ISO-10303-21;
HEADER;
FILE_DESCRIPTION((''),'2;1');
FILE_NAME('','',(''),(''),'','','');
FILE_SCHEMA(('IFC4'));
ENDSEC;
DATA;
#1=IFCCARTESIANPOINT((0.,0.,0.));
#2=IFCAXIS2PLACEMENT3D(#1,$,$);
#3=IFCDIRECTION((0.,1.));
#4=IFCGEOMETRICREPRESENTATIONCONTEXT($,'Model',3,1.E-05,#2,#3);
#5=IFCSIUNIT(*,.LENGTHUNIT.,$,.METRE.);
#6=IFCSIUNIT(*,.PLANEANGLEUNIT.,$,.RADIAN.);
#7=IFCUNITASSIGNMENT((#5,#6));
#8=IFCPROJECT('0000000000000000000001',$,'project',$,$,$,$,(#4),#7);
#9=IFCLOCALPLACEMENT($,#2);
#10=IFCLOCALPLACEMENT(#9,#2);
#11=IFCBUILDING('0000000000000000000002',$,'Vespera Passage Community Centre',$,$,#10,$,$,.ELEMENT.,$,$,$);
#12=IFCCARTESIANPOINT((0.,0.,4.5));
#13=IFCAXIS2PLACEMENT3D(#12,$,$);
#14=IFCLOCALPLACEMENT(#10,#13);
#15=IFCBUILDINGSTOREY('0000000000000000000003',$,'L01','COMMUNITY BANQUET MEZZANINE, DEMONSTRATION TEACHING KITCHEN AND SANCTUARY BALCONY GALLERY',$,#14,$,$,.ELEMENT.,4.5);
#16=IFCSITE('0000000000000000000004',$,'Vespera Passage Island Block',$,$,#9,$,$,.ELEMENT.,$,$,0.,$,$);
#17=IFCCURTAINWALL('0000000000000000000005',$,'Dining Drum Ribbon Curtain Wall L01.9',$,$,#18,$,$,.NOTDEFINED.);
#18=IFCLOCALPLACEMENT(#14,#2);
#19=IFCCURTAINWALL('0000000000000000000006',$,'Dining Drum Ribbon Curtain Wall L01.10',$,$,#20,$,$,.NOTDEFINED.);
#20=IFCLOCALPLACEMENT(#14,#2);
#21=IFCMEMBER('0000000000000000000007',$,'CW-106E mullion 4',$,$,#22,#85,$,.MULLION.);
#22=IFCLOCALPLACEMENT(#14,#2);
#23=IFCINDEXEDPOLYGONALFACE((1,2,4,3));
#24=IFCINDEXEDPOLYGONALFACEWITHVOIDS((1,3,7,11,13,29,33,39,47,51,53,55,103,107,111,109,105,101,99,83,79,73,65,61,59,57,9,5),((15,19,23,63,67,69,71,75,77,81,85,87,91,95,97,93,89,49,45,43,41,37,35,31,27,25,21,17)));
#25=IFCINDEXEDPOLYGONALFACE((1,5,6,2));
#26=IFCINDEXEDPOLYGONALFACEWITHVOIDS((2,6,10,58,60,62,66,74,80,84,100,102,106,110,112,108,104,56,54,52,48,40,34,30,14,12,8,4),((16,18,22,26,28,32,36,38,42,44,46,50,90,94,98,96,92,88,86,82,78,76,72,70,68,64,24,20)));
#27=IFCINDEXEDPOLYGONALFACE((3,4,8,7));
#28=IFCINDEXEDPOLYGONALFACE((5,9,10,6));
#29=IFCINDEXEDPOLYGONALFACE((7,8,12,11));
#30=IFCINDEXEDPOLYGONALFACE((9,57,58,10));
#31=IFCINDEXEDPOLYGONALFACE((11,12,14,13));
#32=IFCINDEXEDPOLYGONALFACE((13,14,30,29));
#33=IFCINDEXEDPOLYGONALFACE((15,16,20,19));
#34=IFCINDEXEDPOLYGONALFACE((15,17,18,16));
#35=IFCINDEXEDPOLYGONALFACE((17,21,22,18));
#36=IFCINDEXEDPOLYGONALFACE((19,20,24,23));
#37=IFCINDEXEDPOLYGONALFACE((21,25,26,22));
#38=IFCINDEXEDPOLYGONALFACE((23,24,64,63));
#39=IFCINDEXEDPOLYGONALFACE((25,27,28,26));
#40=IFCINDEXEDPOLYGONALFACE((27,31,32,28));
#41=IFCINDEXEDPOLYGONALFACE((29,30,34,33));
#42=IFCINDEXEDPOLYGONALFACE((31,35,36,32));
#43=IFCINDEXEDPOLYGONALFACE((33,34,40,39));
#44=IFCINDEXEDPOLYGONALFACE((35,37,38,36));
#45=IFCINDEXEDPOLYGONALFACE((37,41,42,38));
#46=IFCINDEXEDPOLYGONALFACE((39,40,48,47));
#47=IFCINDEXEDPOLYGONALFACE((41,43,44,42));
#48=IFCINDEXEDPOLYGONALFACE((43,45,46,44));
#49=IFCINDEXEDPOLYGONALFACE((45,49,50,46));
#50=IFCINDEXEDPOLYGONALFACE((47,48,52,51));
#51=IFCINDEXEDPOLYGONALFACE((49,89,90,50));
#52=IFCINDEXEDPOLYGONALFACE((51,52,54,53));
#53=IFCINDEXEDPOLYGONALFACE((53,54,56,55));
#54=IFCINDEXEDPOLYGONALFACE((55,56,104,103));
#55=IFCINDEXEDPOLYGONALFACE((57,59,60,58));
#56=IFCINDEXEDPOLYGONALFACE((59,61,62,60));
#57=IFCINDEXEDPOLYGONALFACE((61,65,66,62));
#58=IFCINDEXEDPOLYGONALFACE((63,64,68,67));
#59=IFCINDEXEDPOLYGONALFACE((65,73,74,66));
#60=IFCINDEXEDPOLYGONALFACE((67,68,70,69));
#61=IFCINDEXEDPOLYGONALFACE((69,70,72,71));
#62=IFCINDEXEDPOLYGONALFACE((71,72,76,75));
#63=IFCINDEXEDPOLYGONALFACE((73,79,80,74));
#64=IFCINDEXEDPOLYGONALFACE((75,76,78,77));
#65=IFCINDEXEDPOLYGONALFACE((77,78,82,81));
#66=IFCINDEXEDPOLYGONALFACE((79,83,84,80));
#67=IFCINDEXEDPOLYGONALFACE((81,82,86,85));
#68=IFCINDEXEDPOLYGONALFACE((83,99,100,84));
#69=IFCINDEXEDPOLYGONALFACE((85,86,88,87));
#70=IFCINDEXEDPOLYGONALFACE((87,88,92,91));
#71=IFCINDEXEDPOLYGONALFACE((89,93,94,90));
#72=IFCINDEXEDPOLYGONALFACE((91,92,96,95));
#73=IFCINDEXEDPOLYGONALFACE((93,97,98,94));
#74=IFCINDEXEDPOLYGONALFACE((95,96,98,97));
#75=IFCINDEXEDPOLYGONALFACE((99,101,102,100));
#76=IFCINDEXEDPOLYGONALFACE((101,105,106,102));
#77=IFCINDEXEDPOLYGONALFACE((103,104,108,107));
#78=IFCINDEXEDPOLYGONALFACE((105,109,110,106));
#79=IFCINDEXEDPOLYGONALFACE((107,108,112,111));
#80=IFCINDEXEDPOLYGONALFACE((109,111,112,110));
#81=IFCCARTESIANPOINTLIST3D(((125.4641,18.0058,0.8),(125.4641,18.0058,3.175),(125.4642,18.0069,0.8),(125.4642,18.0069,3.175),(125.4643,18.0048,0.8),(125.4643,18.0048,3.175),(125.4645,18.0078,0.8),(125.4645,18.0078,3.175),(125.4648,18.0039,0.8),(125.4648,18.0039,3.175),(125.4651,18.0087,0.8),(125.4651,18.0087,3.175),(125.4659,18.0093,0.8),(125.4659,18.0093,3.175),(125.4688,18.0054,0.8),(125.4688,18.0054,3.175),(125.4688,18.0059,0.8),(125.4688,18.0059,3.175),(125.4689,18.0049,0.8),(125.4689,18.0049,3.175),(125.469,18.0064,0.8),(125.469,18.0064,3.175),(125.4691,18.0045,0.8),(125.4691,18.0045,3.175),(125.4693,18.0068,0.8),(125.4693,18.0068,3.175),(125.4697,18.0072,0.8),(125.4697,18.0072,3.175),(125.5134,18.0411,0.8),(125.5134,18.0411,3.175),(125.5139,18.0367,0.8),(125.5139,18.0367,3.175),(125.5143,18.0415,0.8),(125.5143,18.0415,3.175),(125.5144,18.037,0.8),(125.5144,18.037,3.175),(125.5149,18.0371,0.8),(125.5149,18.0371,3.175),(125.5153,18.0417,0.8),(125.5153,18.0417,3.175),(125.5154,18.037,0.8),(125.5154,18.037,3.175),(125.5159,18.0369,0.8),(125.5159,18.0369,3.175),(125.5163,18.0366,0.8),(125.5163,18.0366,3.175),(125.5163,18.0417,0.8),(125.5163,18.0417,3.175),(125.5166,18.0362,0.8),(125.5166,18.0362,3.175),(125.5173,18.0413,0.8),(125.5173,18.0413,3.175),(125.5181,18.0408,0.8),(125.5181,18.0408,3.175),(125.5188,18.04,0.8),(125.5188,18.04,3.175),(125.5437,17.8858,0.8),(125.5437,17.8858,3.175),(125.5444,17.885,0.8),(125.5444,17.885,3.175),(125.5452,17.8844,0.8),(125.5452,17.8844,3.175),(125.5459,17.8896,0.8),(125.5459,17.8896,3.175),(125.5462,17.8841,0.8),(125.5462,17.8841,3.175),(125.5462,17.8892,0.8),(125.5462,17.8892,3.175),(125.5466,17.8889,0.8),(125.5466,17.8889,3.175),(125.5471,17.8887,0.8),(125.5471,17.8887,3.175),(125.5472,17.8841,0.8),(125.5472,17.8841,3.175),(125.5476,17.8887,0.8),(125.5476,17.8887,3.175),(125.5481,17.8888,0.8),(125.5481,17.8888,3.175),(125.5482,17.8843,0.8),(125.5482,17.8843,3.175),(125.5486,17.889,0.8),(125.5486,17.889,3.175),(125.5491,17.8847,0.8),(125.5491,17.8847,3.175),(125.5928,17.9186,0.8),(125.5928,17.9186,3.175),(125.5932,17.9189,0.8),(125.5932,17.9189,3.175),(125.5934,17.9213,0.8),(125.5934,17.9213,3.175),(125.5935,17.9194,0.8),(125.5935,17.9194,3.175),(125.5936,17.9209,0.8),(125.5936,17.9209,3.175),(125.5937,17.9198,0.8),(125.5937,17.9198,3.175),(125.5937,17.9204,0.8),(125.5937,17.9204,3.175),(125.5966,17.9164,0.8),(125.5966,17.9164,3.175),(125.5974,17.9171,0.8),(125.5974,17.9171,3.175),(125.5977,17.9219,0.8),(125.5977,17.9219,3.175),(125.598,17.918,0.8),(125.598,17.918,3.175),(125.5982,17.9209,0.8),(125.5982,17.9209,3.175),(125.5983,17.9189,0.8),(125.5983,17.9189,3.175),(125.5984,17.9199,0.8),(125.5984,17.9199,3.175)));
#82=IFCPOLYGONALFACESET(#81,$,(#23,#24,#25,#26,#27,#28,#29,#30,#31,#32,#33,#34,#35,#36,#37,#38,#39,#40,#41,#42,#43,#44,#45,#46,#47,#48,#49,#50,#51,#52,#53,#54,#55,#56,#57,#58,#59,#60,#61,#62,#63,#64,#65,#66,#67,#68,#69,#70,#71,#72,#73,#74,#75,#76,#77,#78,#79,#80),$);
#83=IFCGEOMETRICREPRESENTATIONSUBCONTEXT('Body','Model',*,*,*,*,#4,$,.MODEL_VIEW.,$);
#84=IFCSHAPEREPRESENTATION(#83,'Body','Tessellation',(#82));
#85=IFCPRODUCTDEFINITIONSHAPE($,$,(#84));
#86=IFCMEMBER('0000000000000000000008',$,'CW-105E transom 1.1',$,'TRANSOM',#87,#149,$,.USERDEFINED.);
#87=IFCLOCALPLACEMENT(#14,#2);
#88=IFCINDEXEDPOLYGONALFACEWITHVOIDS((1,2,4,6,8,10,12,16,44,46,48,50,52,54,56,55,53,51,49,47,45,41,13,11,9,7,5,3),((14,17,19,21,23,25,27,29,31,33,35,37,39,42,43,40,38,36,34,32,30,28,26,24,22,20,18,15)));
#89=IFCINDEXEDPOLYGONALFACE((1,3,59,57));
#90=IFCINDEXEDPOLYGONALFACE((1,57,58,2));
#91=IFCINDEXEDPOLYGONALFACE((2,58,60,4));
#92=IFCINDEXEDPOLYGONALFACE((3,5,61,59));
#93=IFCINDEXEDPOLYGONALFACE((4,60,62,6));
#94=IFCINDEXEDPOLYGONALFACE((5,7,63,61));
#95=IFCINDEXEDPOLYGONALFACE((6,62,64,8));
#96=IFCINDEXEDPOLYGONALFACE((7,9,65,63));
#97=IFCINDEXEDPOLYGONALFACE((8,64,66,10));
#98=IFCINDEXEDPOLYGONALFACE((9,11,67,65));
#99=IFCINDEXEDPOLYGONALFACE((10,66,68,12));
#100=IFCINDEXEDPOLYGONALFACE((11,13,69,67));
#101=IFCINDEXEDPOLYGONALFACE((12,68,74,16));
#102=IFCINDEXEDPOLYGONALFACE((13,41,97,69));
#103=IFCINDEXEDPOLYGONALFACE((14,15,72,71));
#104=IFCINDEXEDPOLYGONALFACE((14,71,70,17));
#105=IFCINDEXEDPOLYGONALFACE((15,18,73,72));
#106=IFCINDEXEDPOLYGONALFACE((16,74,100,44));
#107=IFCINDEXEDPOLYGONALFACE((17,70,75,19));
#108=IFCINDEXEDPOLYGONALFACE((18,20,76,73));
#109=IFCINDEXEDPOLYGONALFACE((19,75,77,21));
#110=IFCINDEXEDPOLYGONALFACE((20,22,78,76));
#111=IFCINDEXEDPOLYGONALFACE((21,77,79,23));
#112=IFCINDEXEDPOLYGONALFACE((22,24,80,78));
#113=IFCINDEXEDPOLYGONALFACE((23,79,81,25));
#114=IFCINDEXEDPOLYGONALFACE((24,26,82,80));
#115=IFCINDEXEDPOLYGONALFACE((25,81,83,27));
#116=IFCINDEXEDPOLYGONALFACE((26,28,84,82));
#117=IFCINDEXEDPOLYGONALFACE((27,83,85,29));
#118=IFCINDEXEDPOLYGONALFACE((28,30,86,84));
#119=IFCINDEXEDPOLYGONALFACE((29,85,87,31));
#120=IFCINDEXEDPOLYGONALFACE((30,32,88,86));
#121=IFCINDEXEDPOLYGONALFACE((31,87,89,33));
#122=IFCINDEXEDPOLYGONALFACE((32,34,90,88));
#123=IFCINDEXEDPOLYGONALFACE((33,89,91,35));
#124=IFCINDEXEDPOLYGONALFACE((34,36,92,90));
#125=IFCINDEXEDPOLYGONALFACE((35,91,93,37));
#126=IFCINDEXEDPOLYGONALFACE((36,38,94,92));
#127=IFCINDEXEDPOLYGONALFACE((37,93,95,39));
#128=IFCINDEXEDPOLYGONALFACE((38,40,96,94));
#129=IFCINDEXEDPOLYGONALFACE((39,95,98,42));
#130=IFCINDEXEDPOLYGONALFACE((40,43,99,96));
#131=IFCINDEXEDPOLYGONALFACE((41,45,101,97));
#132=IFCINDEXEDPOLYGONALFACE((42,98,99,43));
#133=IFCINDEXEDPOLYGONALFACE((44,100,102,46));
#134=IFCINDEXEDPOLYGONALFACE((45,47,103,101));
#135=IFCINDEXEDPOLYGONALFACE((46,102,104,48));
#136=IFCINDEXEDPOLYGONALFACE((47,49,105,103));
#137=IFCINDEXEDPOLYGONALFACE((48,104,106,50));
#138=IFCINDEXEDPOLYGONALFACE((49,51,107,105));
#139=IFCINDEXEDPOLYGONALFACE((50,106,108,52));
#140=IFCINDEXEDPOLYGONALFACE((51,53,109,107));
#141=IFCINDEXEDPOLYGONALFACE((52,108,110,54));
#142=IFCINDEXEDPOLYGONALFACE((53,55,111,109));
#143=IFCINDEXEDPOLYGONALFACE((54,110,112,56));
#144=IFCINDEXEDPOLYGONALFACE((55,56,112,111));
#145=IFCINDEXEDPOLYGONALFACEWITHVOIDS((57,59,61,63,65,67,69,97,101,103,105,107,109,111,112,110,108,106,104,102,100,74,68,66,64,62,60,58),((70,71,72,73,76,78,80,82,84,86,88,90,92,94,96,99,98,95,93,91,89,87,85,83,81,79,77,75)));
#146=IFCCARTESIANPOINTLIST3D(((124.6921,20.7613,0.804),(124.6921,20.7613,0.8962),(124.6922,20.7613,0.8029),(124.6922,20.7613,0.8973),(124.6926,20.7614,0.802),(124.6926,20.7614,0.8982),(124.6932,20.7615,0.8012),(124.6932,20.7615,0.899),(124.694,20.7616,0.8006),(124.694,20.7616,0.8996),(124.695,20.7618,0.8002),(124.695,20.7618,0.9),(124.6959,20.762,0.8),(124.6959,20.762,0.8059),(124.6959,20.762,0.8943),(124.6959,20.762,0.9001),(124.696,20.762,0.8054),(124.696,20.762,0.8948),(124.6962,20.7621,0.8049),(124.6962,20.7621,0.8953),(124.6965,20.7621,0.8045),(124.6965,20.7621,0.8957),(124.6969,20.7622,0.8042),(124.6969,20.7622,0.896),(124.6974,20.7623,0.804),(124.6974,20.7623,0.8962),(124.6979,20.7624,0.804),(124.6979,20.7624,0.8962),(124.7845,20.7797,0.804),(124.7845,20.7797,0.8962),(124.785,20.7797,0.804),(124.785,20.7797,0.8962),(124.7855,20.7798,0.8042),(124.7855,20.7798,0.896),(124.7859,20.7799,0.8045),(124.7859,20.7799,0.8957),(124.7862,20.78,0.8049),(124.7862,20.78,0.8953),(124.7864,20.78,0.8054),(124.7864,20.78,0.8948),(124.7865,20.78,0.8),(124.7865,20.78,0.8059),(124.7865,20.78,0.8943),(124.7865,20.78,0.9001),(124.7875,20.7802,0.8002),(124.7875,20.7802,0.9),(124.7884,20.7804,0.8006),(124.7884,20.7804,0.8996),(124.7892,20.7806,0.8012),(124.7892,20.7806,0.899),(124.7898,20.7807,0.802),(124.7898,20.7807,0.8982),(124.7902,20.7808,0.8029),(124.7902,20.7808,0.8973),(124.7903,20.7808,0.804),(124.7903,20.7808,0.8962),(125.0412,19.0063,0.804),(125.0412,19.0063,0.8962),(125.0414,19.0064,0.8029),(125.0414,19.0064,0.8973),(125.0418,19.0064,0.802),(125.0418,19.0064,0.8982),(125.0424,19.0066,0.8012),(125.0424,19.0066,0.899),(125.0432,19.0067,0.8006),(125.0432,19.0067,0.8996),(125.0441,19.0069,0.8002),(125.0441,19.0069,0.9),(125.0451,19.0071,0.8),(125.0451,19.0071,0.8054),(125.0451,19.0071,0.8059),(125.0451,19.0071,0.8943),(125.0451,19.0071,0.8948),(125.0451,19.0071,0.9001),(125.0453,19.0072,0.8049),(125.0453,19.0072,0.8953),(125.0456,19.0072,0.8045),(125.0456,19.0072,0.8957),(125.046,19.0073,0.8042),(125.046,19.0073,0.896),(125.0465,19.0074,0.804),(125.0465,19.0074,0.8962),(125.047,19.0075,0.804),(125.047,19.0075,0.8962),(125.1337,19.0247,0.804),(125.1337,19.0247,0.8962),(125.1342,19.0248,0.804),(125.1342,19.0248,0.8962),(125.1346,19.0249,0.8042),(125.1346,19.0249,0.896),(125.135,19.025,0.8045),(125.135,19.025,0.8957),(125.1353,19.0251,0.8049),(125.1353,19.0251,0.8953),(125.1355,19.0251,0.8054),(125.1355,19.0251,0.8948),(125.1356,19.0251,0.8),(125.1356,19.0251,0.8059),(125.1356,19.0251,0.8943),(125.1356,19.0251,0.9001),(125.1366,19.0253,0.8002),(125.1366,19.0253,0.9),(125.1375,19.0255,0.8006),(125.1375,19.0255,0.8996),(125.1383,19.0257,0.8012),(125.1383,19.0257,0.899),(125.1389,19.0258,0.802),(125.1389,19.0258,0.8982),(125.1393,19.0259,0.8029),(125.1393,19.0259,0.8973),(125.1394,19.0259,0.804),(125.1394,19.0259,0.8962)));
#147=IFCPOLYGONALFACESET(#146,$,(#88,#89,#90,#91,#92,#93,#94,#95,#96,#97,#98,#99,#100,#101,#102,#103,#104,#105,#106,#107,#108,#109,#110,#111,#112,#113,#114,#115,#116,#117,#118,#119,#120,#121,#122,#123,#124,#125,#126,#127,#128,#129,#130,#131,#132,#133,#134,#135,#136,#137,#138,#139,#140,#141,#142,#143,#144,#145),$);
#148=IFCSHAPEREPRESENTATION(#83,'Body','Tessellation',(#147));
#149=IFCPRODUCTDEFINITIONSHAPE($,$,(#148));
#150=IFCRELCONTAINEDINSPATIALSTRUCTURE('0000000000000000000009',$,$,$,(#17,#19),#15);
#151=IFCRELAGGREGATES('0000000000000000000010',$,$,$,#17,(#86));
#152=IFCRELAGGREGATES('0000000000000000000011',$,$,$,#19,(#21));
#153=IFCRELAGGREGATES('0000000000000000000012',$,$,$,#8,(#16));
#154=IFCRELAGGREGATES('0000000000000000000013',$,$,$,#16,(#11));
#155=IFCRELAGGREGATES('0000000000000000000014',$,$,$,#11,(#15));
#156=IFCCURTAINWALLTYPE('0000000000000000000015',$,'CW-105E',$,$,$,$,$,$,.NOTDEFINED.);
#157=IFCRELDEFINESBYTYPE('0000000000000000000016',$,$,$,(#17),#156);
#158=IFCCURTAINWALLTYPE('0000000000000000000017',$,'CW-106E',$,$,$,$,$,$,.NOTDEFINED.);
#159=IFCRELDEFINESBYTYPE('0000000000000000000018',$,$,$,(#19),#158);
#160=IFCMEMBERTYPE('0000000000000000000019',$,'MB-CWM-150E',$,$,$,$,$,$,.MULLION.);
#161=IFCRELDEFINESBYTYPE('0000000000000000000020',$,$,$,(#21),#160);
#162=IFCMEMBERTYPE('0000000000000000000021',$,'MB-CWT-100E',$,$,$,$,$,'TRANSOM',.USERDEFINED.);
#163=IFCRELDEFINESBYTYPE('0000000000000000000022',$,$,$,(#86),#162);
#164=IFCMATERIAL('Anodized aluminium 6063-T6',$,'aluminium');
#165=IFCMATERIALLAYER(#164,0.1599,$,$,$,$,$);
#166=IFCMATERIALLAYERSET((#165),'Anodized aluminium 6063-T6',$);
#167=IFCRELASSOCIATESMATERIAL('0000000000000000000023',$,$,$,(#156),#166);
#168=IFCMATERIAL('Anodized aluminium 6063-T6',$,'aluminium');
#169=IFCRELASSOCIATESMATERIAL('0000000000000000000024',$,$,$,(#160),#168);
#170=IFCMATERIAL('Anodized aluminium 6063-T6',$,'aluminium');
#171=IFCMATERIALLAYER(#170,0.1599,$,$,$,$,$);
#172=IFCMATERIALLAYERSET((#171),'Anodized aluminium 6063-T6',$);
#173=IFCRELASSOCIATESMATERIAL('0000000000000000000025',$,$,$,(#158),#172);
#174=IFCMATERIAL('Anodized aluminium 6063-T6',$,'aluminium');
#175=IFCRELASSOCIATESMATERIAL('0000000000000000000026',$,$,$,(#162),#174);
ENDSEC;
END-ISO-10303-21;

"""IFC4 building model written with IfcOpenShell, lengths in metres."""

from ifc_helpers import new_model, si_unit, direction, frame, origin, origin_2d, place, context, subcontext, project, spatial, hollow_rectangle, extrude, material, layer, layer_set, material_profile, profile_set, type_object, element, aggregate, save


model = new_model("IFC4")

# Units and contexts
model_context = context("Model", 3, precision=1e-05, world=origin(), true_north=direction((0.0, 1.0)))
body_context = subcontext(model_context, "Body", "Model", "MODEL_VIEW")
ifc_project = project(units=[si_unit("LENGTHUNIT", "METRE"), si_unit("PLANEANGLEUNIT", "RADIAN")], contexts=[model_context])

# Site, building, storey
site_placement = place(None, origin())
site = spatial("IfcSite", under=ifc_project, at=site_placement, Name="Vespera Passage Island Block", CompositionType="ELEMENT", RefElevation=0.0)
building_placement = place(site_placement, origin())
building = spatial("IfcBuilding", under=site, at=building_placement, Name="Vespera Passage Community Centre", CompositionType="ELEMENT")
storey_placement = place(building_placement, frame((0.0, 0.0, 4.5)))
storey = spatial("IfcBuildingStorey", under=building, at=storey_placement, Name="L01", Description="COMMUNITY BANQUET MEZZANINE, DEMONSTRATION TEACHING KITCHEN AND SANCTUARY BALCONY GALLERY", CompositionType="ELEMENT", Elevation=4.5)

# Curtain wall
ifc_material_1 = material(Name="Anodized aluminium 6063-T6", Category="aluminium")
ifc_layer_1 = layer(ifc_material_1, 0.1599)
ifc_layer_set_1 = layer_set([ifc_layer_1], Name="Anodized aluminium 6063-T6")
curtain_wall_type_1 = type_object("IfcCurtainWallType", Name="CW-105E", PredefinedType="NOTDEFINED", material=ifc_layer_set_1)
curtain_wall_1_placement = place(storey_placement, origin())
curtain_wall_1 = element("IfcCurtainWall", 1, at=curtain_wall_1_placement, inside=storey, type_object=curtain_wall_type_1, Name="Dining Drum Ribbon Curtain Wall L01.9", PredefinedType="NOTDEFINED")
ifc_material_2 = material(Name="Anodized aluminium 6063-T6", Category="aluminium")
ifc_material_profile_1 = material_profile(ifc_material_2, hollow_rectangle(XDim=0.0649, YDim=0.1499, WallThickness=0.0039, InnerFilletRadius=0.002, OuterFilletRadius=0.0039, at=origin_2d()), Name="ALU150X65X4")
ifc_profile_set_1 = profile_set([ifc_material_profile_1], Name="Anodized aluminium 6063-T6")
member_type_1 = type_object("IfcMemberType", Name="MB-CWM-150E", PredefinedType="MULLION", material=ifc_profile_set_1)

# Curtain wall, member
ifc_material_3 = material(Name="Anodized aluminium 6063-T6", Category="aluminium")
ifc_layer_2 = layer(ifc_material_3, 0.1599)
ifc_layer_set_2 = layer_set([ifc_layer_2], Name="Anodized aluminium 6063-T6")
curtain_wall_type_2 = type_object("IfcCurtainWallType", Name="CW-106E", PredefinedType="NOTDEFINED", material=ifc_layer_set_2)
curtain_wall_2_placement = place(storey_placement, origin())
curtain_wall_2 = element("IfcCurtainWall", 2, at=curtain_wall_2_placement, inside=storey, type_object=curtain_wall_type_2, Name="Dining Drum Ribbon Curtain Wall L01.10", PredefinedType="NOTDEFINED")
member_1_placement = place(storey_placement, frame((125.5312, 17.9629, 0.8), z_axis=(0.0, 0.0, 1.0), x_axis=(-0.831473, -0.555565, 0.0)))
member_1 = element("IfcMember", 3, at=member_1_placement, type_object=member_type_1, Name="CW-106E mullion 4", PredefinedType="MULLION", context=body_context, shape_type="SweptSolid", body=[
    extrude(hollow_rectangle(XDim=0.0649, YDim=0.1499, WallThickness=0.0039, InnerFilletRadius=0.002, OuterFilletRadius=0.0039, at=origin_2d()), origin(), (0.0, 0.0, 1.0), 2.375),
])

# Member
ifc_material_4 = material(Name="Anodized aluminium 6063-T6", Category="aluminium")
ifc_material_profile_2 = material_profile(ifc_material_4, hollow_rectangle(XDim=0.1001, YDim=0.1001, WallThickness=0.0039, InnerFilletRadius=0.002, OuterFilletRadius=0.0039, at=origin_2d()), Name="ALU100X100X4")
ifc_profile_set_2 = profile_set([ifc_material_profile_2], Name="Anodized aluminium 6063-T6")
member_type_2 = type_object("IfcMemberType", Name="MB-CWT-100E", ElementType="TRANSOM", PredefinedType="USERDEFINED", material=ifc_profile_set_2)
member_2_placement = place(storey_placement, frame((125.0903, 19.0161, 0.8501), z_axis=(-0.195119, 0.98078, 0.0), x_axis=(-0.98078, -0.195119, 0.0)))
member_2 = element("IfcMember", 4, at=member_2_placement, type_object=member_type_2, Name="CW-105E transom 1.1", ObjectType="TRANSOM", PredefinedType="USERDEFINED", context=body_context, shape_type="SweptSolid", body=[
    extrude(hollow_rectangle(XDim=0.1001, YDim=0.1001, WallThickness=0.0039, InnerFilletRadius=0.002, OuterFilletRadius=0.0039, at=origin_2d()), origin(), (0.0, 0.0, 1.0), 1.7893),
])
aggregate(curtain_wall_1, [member_2])

aggregate(curtain_wall_2, [member_1])

save(model, "model.ifc")
